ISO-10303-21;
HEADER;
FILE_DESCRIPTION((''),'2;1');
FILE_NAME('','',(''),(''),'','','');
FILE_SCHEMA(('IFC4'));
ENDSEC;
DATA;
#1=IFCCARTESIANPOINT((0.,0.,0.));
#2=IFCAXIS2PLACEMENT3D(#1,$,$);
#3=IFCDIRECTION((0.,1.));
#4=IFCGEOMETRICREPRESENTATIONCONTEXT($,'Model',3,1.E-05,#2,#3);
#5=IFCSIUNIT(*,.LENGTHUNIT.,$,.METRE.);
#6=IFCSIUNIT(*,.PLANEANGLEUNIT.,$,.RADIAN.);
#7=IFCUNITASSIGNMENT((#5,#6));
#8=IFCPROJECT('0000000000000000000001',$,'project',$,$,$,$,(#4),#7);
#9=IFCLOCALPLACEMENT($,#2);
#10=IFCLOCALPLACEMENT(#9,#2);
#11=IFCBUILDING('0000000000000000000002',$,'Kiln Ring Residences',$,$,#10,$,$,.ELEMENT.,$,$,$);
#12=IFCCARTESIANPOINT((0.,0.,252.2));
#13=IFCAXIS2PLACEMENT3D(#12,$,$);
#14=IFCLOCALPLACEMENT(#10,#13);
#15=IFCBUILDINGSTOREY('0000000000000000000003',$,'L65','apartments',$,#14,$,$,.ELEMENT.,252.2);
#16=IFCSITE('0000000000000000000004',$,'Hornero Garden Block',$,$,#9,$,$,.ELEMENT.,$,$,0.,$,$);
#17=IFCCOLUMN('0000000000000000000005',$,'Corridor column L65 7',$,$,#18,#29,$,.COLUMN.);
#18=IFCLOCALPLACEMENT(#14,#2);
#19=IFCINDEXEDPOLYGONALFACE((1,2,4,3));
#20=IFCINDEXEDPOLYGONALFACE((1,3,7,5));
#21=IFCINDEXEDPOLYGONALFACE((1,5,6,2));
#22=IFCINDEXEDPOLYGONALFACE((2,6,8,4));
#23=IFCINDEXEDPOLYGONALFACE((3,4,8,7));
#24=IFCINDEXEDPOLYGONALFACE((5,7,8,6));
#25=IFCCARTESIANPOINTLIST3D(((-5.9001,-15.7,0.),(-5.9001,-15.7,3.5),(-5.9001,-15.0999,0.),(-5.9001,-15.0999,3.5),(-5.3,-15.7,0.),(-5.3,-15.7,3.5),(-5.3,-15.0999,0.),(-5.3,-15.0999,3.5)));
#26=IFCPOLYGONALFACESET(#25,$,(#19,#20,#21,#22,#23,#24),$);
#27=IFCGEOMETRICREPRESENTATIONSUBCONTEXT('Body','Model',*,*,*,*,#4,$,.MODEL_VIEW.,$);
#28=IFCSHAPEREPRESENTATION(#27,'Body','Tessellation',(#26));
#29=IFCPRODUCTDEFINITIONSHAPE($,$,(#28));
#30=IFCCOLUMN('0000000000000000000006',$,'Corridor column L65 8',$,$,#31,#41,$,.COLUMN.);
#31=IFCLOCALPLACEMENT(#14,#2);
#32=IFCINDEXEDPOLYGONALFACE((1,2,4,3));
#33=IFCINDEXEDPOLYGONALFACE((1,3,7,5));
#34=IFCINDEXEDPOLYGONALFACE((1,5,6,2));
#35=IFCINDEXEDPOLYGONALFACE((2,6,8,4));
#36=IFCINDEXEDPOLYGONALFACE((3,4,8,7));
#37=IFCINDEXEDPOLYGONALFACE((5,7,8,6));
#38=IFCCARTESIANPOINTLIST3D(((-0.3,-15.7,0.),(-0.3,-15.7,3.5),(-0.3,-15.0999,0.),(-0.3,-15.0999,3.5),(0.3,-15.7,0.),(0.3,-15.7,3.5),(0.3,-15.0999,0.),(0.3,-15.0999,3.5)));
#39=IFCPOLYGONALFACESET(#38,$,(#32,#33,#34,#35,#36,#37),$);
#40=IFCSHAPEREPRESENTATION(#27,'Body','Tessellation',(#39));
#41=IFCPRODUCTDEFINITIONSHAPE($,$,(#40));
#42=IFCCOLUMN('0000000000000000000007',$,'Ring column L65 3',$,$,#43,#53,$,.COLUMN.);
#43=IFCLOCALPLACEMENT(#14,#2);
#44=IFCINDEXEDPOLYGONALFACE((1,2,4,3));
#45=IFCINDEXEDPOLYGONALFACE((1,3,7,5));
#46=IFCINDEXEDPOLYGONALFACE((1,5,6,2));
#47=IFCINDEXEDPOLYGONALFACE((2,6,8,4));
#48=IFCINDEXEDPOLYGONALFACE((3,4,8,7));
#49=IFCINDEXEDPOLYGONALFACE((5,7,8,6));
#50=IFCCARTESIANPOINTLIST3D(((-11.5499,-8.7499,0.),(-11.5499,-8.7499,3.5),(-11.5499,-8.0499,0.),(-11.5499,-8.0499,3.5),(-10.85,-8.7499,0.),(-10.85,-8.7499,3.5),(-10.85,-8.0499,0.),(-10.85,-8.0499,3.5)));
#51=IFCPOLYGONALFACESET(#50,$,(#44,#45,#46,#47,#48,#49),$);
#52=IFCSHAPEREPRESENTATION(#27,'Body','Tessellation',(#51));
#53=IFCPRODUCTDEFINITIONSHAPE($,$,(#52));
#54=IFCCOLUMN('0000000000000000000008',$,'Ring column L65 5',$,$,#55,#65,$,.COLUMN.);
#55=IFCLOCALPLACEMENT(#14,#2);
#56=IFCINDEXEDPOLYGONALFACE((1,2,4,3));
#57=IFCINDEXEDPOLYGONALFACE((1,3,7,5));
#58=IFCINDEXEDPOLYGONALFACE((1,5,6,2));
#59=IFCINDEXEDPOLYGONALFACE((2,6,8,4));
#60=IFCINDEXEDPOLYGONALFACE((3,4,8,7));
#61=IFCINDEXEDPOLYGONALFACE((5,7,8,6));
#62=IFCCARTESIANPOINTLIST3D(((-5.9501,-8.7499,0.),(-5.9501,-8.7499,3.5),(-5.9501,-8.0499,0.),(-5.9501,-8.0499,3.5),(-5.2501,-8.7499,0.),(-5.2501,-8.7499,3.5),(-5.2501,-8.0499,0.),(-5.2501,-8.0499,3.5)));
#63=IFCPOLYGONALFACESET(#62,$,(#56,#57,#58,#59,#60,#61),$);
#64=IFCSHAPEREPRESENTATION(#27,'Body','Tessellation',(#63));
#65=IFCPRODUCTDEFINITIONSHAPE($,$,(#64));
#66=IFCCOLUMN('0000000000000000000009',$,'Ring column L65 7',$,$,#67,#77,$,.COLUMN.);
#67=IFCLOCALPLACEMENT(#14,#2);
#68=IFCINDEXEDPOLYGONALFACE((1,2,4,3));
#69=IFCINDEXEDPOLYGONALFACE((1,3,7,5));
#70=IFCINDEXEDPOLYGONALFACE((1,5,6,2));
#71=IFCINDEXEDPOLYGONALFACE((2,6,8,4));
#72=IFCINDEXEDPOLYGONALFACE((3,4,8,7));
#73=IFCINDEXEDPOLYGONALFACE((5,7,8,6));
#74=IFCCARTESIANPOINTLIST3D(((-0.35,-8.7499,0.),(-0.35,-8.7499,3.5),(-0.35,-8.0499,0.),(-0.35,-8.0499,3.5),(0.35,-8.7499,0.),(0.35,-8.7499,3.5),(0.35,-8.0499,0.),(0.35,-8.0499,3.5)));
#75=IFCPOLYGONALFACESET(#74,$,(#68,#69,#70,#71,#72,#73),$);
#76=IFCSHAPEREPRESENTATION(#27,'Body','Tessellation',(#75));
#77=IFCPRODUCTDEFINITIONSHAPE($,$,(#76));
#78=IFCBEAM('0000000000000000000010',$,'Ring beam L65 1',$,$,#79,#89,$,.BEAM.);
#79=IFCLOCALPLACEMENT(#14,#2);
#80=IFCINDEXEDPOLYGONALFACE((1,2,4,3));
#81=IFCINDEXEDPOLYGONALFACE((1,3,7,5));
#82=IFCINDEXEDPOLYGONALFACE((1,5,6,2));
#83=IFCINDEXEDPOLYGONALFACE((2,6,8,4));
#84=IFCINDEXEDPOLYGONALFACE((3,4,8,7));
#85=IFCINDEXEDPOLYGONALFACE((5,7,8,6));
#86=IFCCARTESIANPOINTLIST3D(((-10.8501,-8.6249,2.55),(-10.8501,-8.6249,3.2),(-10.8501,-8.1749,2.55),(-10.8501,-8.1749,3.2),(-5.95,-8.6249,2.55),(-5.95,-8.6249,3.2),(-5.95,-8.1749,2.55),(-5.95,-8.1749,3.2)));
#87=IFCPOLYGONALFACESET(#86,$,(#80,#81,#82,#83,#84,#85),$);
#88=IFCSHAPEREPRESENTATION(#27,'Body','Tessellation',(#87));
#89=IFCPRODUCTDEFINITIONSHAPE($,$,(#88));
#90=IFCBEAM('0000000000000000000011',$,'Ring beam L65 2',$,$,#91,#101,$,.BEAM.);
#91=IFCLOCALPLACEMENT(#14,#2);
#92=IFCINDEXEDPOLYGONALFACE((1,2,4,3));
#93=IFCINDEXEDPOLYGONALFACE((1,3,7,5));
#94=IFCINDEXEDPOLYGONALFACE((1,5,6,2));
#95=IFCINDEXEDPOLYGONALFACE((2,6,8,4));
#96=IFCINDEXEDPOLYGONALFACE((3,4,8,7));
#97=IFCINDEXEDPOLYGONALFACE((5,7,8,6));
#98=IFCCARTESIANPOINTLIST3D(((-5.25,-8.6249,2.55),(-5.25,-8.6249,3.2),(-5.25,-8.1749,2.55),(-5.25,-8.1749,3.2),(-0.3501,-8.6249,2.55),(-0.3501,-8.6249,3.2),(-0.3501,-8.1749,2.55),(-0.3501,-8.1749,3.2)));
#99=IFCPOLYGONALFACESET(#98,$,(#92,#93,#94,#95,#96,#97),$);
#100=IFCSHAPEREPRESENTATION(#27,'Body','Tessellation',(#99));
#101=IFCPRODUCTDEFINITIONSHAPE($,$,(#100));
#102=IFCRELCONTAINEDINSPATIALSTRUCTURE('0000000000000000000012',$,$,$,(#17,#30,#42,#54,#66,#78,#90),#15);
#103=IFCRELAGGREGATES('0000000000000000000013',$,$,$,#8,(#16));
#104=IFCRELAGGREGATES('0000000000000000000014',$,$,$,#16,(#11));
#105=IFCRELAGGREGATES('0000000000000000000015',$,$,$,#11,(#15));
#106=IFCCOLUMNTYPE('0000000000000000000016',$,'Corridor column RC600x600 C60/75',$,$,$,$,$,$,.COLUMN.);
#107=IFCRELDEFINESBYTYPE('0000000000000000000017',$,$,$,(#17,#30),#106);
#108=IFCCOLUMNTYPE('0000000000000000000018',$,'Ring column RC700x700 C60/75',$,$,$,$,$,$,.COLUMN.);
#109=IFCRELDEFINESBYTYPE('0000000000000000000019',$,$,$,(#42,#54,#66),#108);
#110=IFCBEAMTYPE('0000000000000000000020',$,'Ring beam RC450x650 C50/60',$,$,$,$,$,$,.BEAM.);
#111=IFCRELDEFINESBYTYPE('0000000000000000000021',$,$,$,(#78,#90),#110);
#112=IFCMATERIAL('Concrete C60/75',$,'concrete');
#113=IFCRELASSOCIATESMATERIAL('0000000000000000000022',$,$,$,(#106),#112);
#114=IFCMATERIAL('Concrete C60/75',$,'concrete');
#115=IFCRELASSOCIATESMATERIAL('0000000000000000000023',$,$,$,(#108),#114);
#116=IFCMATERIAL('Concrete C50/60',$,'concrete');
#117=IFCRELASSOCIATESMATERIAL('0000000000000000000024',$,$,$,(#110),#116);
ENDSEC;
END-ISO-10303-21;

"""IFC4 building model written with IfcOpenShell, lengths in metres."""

from ifc_helpers import new_model, si_unit, direction, frame, origin, origin_2d, place, context, subcontext, project, spatial, rectangle, extrude, material, material_profile, profile_set, type_object, element, save


model = new_model("IFC4")

# Units and contexts
model_context = context("Model", 3, precision=1e-05, world=origin(), true_north=direction((0.0, 1.0)))
body_context = subcontext(model_context, "Body", "Model", "MODEL_VIEW")
ifc_project = project(units=[si_unit("LENGTHUNIT", "METRE"), si_unit("PLANEANGLEUNIT", "RADIAN")], contexts=[model_context])

# Site, building, storey
site_placement = place(None, origin())
site = spatial("IfcSite", under=ifc_project, at=site_placement, Name="Hornero Garden Block", CompositionType="ELEMENT", RefElevation=0.0)
building_placement = place(site_placement, origin())
building = spatial("IfcBuilding", under=site, at=building_placement, Name="Kiln Ring Residences", CompositionType="ELEMENT")
storey_placement = place(building_placement, frame((0.0, 0.0, 252.2)))
storey = spatial("IfcBuildingStorey", under=building, at=storey_placement, Name="L65", Description="apartments", CompositionType="ELEMENT", Elevation=252.2)

# Columns
ifc_material_1 = material(Name="Concrete C60/75", Category="concrete")
ifc_material_profile_1 = material_profile(ifc_material_1, rectangle(XDim=0.6001, YDim=0.6001, at=origin_2d()), Name="RC600x600")
ifc_profile_set_1 = profile_set([ifc_material_profile_1], Name="Concrete C60/75")
column_type_1 = type_object("IfcColumnType", Name="Corridor column RC600x600 C60/75", PredefinedType="COLUMN", material=ifc_profile_set_1)
for number, where, z_axis, x_axis, name in (
    (1, (-5.6001, -15.3999, 0.0), (0.0, 0.0, 1.0), (1.0, 0.0, 0.0), "Corridor column L65 7"),
    (2, (0.0, -15.3999, 0.0), (0.0, 0.0, 1.0), (1.0, 0.0, 0.0), "Corridor column L65 8"),
):
    element("IfcColumn", number, at=place(storey_placement, frame(where, z_axis=z_axis, x_axis=x_axis)), inside=storey, type_object=column_type_1, Name=name, PredefinedType="COLUMN", context=body_context, shape_type="SweptSolid", body=[
        extrude(rectangle(XDim=0.6001, YDim=0.6001, at=origin_2d()), origin(), (0.0, 0.0, 1.0), 3.5),
    ])
ifc_material_2 = material(Name="Concrete C60/75", Category="concrete")
ifc_material_profile_2 = material_profile(ifc_material_2, rectangle(XDim=0.7, YDim=0.7, at=origin_2d()), Name="RC700x700")
ifc_profile_set_2 = profile_set([ifc_material_profile_2], Name="Concrete C60/75")
column_type_2 = type_object("IfcColumnType", Name="Ring column RC700x700 C60/75", PredefinedType="COLUMN", material=ifc_profile_set_2)
for number, where, z_axis, x_axis, name in (
    (3, (-11.2, -8.3999, 0.0), (0.0, 0.0, 1.0), (1.0, 0.0, 0.0), "Ring column L65 3"),
    (4, (-5.6001, -8.3999, 0.0), (0.0, 0.0, 1.0), (1.0, 0.0, 0.0), "Ring column L65 5"),
    (5, (0.0, -8.3999, 0.0), (0.0, 0.0, 1.0), (1.0, 0.0, 0.0), "Ring column L65 7"),
):
    element("IfcColumn", number, at=place(storey_placement, frame(where, z_axis=z_axis, x_axis=x_axis)), inside=storey, type_object=column_type_2, Name=name, PredefinedType="COLUMN", context=body_context, shape_type="SweptSolid", body=[
        extrude(rectangle(XDim=0.7, YDim=0.7, at=origin_2d()), origin(), (0.0, 0.0, 1.0), 3.5),
    ])

# Beams
ifc_material_3 = material(Name="Concrete C50/60", Category="concrete")
ifc_material_profile_3 = material_profile(ifc_material_3, rectangle(XDim=0.45, YDim=0.6499, at=origin_2d()), Name="RC450x650")
ifc_profile_set_3 = profile_set([ifc_material_profile_3], Name="Concrete C50/60")
beam_type = type_object("IfcBeamType", Name="Ring beam RC450x650 C50/60", PredefinedType="BEAM", material=ifc_profile_set_3)
beam_1_placement = place(storey_placement, frame((-10.8501, -8.3999, 2.875), z_axis=(1.0, 0.0, 0.0), x_axis=(0.0, 1.0, 0.0)))
element("IfcBeam", 6, at=beam_1_placement, inside=storey, type_object=beam_type, Name="Ring beam L65 1", PredefinedType="BEAM", context=body_context, shape_type="SweptSolid", body=[
    extrude(rectangle(XDim=0.45, YDim=0.6499, at=origin_2d()), origin(), (0.0, 0.0, 1.0), 4.9001),
])
beam_2_placement = place(storey_placement, frame((-5.25, -8.3999, 2.875), z_axis=(1.0, 0.0, 0.0), x_axis=(0.0, 1.0, 0.0)))
element("IfcBeam", 7, at=beam_2_placement, inside=storey, type_object=beam_type, Name="Ring beam L65 2", PredefinedType="BEAM", context=body_context, shape_type="SweptSolid", body=[
    extrude(rectangle(XDim=0.45, YDim=0.6499, at=origin_2d()), origin(), (0.0, 0.0, 1.0), 4.8999),
])

save(model, "model.ifc")
